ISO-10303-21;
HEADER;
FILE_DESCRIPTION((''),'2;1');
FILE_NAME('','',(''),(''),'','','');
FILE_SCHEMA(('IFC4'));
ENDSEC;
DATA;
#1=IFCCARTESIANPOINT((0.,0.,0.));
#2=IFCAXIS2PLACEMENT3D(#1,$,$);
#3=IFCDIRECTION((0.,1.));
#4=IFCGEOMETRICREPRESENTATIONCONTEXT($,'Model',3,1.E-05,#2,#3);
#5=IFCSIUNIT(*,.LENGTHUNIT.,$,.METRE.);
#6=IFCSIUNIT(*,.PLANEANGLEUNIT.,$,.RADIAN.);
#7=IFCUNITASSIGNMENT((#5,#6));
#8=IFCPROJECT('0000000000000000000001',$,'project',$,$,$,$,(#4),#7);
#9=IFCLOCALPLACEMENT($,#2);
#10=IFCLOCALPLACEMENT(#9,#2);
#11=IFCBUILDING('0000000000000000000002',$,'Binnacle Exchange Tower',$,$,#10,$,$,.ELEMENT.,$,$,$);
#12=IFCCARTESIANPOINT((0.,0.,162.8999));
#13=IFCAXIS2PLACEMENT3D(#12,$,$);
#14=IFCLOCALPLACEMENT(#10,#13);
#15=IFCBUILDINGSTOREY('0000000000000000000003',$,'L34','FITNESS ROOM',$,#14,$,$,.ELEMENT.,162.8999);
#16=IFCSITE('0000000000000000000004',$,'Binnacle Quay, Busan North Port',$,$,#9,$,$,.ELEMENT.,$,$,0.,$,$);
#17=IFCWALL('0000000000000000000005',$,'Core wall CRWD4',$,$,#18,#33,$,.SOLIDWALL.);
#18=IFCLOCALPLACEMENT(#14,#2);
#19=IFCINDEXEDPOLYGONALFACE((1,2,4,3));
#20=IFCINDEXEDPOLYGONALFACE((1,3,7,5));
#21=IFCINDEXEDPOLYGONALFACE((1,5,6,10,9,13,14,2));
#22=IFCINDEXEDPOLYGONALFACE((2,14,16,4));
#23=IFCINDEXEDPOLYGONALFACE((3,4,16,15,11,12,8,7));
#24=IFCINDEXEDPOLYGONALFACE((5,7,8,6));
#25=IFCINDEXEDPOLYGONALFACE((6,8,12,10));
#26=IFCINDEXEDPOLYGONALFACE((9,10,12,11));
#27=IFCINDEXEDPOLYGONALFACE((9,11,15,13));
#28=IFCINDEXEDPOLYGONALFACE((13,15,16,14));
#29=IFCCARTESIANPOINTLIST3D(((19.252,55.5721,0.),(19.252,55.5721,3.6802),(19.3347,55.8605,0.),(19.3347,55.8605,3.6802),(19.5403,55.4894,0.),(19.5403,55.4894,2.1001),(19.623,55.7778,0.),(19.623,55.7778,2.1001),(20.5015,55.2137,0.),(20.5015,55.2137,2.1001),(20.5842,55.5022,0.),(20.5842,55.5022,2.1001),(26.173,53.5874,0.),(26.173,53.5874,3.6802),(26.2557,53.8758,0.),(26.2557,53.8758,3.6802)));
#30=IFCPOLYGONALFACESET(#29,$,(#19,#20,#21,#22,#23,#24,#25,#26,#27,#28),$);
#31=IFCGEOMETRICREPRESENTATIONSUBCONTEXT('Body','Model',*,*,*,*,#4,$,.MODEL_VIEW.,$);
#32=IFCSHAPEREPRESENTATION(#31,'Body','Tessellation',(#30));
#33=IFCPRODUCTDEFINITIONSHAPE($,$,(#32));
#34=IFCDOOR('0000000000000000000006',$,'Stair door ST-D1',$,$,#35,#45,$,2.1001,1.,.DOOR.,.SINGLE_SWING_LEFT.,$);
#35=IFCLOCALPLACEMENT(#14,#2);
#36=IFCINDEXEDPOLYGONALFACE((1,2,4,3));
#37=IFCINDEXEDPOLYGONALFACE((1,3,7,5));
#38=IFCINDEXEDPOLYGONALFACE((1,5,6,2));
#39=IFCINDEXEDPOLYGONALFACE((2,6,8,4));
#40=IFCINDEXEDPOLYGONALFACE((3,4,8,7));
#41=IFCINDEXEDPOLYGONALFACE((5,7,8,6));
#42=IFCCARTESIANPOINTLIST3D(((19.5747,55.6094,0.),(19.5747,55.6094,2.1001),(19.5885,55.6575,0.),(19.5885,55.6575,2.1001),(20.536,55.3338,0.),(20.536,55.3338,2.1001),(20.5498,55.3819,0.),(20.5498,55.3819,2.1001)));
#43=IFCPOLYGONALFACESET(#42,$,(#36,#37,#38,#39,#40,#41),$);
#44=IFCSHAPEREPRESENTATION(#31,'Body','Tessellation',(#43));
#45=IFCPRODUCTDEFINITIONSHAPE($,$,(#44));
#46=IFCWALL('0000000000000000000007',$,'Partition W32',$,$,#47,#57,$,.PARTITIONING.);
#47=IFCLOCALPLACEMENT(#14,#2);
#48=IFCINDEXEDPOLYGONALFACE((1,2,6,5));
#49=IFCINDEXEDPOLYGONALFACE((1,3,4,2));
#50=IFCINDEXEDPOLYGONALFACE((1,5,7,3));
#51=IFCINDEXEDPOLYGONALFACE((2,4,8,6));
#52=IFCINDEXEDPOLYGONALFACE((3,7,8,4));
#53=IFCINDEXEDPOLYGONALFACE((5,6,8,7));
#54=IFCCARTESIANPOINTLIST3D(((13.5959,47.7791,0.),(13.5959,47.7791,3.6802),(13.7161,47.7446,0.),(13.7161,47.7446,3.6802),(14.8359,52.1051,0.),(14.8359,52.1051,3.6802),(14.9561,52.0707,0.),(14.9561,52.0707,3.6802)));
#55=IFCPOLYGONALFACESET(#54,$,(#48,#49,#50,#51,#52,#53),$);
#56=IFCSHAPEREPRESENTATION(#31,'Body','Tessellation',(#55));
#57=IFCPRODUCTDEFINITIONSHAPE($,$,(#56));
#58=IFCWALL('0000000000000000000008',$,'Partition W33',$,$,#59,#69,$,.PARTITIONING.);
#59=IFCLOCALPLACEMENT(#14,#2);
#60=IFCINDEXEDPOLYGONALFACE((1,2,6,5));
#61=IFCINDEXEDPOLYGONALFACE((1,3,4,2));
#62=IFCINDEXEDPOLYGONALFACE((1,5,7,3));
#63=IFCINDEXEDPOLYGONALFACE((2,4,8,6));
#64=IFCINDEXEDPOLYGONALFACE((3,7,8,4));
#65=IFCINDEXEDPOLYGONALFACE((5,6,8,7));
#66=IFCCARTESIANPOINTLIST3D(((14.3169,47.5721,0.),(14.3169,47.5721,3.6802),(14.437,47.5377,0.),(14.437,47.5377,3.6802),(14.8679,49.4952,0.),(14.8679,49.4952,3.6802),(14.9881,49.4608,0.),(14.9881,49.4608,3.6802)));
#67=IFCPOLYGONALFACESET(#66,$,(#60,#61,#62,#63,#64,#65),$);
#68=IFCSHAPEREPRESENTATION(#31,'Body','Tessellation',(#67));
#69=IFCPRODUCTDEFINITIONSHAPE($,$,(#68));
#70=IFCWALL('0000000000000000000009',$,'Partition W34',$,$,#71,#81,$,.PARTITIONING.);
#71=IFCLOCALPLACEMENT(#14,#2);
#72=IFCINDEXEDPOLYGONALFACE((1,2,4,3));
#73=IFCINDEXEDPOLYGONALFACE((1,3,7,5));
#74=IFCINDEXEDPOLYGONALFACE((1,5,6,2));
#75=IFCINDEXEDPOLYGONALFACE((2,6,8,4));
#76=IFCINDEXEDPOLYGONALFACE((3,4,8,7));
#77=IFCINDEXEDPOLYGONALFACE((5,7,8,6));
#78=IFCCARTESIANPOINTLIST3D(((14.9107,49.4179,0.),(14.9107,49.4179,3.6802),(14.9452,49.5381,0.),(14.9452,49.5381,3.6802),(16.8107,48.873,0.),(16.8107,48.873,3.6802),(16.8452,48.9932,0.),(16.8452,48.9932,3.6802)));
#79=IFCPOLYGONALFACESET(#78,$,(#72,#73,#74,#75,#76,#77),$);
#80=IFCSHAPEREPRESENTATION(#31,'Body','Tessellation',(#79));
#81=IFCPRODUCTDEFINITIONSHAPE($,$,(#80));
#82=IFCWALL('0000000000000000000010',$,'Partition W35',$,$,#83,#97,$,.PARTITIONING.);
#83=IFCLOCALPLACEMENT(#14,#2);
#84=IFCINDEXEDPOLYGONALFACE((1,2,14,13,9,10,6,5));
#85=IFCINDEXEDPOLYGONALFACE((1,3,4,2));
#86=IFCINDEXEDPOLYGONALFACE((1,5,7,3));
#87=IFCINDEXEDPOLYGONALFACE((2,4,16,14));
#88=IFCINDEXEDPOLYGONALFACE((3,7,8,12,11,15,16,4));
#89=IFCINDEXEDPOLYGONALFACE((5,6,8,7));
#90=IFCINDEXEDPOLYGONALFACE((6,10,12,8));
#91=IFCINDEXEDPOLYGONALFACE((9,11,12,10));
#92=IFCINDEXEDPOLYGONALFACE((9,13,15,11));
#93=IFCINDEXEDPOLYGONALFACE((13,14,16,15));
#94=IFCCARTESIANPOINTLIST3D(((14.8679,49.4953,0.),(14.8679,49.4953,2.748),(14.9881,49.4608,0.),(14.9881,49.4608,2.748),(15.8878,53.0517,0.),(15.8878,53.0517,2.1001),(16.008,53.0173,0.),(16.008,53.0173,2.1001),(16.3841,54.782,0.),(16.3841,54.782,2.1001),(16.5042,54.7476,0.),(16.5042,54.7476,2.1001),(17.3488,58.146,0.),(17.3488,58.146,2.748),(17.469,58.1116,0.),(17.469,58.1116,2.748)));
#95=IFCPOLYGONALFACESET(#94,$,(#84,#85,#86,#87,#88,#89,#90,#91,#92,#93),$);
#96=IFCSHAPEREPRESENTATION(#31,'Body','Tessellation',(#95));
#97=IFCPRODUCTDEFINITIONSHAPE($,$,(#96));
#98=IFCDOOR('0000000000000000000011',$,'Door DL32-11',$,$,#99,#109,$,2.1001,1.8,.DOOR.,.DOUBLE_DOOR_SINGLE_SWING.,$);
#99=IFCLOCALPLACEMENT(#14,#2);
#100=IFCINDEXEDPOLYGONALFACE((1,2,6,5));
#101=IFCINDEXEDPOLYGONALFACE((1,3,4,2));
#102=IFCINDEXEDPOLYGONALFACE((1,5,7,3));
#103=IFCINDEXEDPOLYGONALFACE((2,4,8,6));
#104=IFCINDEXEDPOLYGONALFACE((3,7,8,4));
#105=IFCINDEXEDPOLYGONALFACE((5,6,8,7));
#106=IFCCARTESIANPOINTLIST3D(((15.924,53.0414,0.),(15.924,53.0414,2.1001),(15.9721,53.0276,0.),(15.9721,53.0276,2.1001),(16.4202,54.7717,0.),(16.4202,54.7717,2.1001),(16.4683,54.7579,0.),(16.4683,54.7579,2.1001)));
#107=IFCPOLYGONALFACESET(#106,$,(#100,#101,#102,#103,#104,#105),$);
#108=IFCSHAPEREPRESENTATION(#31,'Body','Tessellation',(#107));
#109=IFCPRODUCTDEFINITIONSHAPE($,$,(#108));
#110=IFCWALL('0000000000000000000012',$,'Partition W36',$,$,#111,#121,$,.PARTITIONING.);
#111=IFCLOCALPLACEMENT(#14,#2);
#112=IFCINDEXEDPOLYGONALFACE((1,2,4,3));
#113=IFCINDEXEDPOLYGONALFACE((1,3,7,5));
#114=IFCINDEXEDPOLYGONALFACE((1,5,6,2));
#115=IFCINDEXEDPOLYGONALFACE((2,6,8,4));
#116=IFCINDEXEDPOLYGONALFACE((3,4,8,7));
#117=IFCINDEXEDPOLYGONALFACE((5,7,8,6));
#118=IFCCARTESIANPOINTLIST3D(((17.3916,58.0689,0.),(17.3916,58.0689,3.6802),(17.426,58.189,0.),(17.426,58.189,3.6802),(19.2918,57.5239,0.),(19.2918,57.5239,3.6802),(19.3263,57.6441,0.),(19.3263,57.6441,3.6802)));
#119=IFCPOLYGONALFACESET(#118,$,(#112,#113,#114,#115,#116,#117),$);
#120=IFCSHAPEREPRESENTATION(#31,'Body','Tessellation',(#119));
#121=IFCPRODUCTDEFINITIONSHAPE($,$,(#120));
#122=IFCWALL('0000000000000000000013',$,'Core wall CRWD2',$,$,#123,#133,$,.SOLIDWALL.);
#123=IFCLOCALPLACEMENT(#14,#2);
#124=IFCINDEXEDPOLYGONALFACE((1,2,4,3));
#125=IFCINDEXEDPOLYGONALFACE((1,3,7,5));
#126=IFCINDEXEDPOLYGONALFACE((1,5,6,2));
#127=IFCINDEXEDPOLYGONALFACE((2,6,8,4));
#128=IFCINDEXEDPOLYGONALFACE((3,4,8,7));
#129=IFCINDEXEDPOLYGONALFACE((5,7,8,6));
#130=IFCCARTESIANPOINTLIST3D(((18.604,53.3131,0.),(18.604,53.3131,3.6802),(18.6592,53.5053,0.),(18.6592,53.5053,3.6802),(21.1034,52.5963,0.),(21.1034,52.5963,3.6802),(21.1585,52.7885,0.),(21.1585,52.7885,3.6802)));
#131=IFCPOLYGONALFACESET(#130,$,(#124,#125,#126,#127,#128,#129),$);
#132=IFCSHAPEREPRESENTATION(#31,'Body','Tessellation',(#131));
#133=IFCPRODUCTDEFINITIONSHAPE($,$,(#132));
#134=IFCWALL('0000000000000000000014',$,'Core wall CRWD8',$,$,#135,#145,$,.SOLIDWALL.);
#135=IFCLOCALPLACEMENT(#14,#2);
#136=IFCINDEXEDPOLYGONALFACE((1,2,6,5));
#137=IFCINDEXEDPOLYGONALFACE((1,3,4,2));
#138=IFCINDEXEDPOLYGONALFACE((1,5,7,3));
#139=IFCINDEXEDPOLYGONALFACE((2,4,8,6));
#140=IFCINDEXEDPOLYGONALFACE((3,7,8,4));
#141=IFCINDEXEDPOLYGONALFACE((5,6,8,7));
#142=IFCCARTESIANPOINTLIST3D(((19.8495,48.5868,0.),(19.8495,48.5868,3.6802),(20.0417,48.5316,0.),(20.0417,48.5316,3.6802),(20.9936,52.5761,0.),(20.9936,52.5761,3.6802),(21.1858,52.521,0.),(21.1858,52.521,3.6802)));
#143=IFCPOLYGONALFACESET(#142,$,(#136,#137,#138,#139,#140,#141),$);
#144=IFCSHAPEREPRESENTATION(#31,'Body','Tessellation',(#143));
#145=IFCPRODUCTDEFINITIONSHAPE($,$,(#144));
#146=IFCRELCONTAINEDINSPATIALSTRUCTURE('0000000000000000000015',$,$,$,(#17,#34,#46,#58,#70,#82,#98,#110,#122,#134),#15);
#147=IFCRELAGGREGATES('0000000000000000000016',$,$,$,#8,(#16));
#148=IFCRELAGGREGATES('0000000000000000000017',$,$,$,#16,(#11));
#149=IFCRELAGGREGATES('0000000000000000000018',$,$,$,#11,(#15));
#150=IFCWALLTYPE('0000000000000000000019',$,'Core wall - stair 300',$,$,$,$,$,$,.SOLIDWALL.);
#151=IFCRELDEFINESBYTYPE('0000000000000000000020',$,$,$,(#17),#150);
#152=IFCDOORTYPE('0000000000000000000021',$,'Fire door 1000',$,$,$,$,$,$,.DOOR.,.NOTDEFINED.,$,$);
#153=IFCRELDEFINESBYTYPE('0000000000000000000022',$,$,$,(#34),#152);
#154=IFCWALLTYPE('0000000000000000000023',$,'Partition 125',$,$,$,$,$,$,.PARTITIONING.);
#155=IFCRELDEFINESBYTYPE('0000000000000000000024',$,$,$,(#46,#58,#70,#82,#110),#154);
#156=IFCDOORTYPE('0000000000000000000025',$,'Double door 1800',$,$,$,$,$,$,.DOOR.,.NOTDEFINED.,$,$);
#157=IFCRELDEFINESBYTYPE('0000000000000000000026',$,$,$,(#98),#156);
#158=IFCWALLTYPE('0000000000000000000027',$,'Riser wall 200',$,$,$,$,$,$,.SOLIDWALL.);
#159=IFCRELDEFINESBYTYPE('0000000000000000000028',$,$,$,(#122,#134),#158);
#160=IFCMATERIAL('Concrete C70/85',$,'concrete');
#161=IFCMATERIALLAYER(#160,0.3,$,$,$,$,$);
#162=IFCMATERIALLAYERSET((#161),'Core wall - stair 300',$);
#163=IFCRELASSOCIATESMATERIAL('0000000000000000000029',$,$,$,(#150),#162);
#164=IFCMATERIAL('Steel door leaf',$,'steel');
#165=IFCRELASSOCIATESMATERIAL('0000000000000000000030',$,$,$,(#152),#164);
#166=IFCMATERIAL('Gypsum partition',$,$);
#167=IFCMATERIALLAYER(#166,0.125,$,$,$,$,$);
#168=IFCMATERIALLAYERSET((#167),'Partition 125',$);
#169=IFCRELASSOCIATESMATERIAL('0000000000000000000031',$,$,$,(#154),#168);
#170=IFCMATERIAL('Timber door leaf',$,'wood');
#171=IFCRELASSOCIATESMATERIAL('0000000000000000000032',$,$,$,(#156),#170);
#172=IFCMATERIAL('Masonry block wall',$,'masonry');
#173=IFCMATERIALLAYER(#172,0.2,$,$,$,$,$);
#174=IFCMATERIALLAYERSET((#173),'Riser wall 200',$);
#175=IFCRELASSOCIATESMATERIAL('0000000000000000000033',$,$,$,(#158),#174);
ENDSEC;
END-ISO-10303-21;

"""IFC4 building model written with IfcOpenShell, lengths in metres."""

from ifc_helpers import new_model, si_unit, direction, frame, frame_2d, origin, place, context, subcontext, project, spatial, rectangle, extrude, material, layer, layer_set, type_object, element, fill, save


model = new_model("IFC4")

# Units and contexts
model_context = context("Model", 3, precision=1e-05, world=origin(), true_north=direction((0.0, 1.0)))
body_context = subcontext(model_context, "Body", "Model", "MODEL_VIEW")
ifc_project = project(units=[si_unit("LENGTHUNIT", "METRE"), si_unit("PLANEANGLEUNIT", "RADIAN")], contexts=[model_context])

# Site, building, storey
site_placement = place(None, origin())
site = spatial("IfcSite", under=ifc_project, at=site_placement, Name="Binnacle Quay, Busan North Port", CompositionType="ELEMENT", RefElevation=0.0)
building_placement = place(site_placement, origin())
building = spatial("IfcBuilding", under=site, at=building_placement, Name="Binnacle Exchange Tower", CompositionType="ELEMENT")
storey_placement = place(building_placement, frame((0.0, 0.0, 162.8999)))
storey = spatial("IfcBuildingStorey", under=building, at=storey_placement, Name="L34", Description="FITNESS ROOM", CompositionType="ELEMENT", Elevation=162.8999)

# Shared definitions
ifc_material_1 = material(Name="Concrete C70/85", Category="concrete")

# Wall, opening, door
ifc_material_2 = material(Name="Steel door leaf", Category="steel")
ifc_layer_1 = layer(ifc_material_1, 0.3)
ifc_layer_set_1 = layer_set([ifc_layer_1], Name="Core wall - stair 300")
wall_type_1 = type_object("IfcWallType", Name="Core wall - stair 300", PredefinedType="SOLIDWALL", material=ifc_layer_set_1)
wall_1_placement = place(storey_placement, frame((19.2932, 55.7163, 0.0), z_axis=(0.0, 0.0, 1.0), x_axis=(0.961259, -0.275648, 0.0)))
wall_1 = element("IfcWall", 1, at=wall_1_placement, inside=storey, type_object=wall_type_1, Name="Core wall CRWD4", PredefinedType="SOLIDWALL", context=body_context, shape_type="SweptSolid", body=[
    extrude(rectangle(XDim=7.2, YDim=0.3, at=frame_2d((3.6001, 0.0))), origin(), (0.0, 0.0, 1.0), 3.6802),
])
opening_1_placement = place(wall_1_placement, frame((0.3, 0.0, 0.0)))
opening_1 = element("IfcOpeningElement", 2, at=opening_1_placement, cuts=wall_1, PredefinedType="OPENING", context=body_context, shape_type="SweptSolid", body=[
    extrude(rectangle(XDim=1.0, YDim=2.1001, at=frame_2d((0.5, 1.05))), frame((0.0, 0.1599, 0.0), z_axis=(0.0, -1.0, 0.0), x_axis=(1.0, 0.0, 0.0)), (0.0, 0.0, 1.0), 0.3201),
])
door_type_1 = type_object("IfcDoorType", Name="Fire door 1000", OperationType="NOTDEFINED", PredefinedType="DOOR", material=ifc_material_2)
door_1_placement = place(opening_1_placement, origin())
door_1 = element("IfcDoor", 3, at=door_1_placement, inside=storey, type_object=door_type_1, Name="Stair door ST-D1", OperationType="SINGLE_SWING_LEFT", OverallHeight=2.1001, OverallWidth=1.0, PredefinedType="DOOR", context=body_context, shape_type="SweptSolid", body=[
    extrude(rectangle(XDim=1.0, YDim=2.1001, at=frame_2d((0.5, 1.05))), frame((0.0, 0.0249, 0.0), z_axis=(0.0, -1.0, 0.0), x_axis=(1.0, 0.0, 0.0)), (0.0, 0.0, 1.0), 0.05),
])
fill(opening_1, door_1)

# Walls
ifc_material_3 = material(Name="Gypsum partition")
ifc_layer_2 = layer(ifc_material_3, 0.125)
ifc_layer_set_2 = layer_set([ifc_layer_2], Name="Partition 125")
wall_type_2 = type_object("IfcWallType", Name="Partition 125", PredefinedType="PARTITIONING", material=ifc_layer_set_2)
wall_2_placement = place(storey_placement, frame((13.656, 47.762, 0.0), z_axis=(0.0, 0.0, 1.0), x_axis=(0.275545, 0.961288, 0.0)))
element("IfcWall", 4, at=wall_2_placement, inside=storey, type_object=wall_type_2, Name="Partition W32", PredefinedType="PARTITIONING", context=body_context, shape_type="SweptSolid", body=[
    extrude(rectangle(XDim=4.5002, YDim=0.125, at=frame_2d((2.25, 0.0))), origin(), (0.0, 0.0, 1.0), 3.6802),
])
wall_3_placement = place(storey_placement, frame((14.377, 47.5549, 0.0), z_axis=(0.0, 0.0, 1.0), x_axis=(0.275446, 0.961316, 0.0)))
element("IfcWall", 5, at=wall_3_placement, inside=storey, type_object=wall_type_2, Name="Partition W33", PredefinedType="PARTITIONING", context=body_context, shape_type="SweptSolid", body=[
    extrude(rectangle(XDim=2.0005, YDim=0.125, at=frame_2d((1.0002, 0.0))), origin(), (0.0, 0.0, 1.0), 3.6802),
])
wall_4_placement = place(storey_placement, frame((14.928, 49.478, 0.0), z_axis=(0.0, 0.0, 1.0), x_axis=(0.961244, -0.2757, 0.0)))
element("IfcWall", 6, at=wall_4_placement, inside=storey, type_object=wall_type_2, Name="Partition W34", PredefinedType="PARTITIONING", context=body_context, shape_type="SweptSolid", body=[
    extrude(rectangle(XDim=1.9766, YDim=0.125, at=frame_2d((0.9883, 0.0))), origin(), (0.0, 0.0, 1.0), 3.6802),
])

# Wall, opening, door
wall_5_placement = place(storey_placement, frame((14.928, 49.478, 0.0), z_axis=(0.0, 0.0, 1.0), x_axis=(0.275674, 0.961251, 0.0)))
wall_5 = element("IfcWall", 7, at=wall_5_placement, inside=storey, type_object=wall_type_2, Name="Partition W35", PredefinedType="PARTITIONING", context=body_context, shape_type="SweptSolid", body=[
    extrude(rectangle(XDim=8.9995, YDim=0.125, at=frame_2d((4.4998, 0.0))), origin(), (0.0, 0.0, 1.0), 2.748),
])
opening_2_placement = place(wall_5_placement, frame((3.7, 0.0, 0.0)))
opening_2 = element("IfcOpeningElement", 8, at=opening_2_placement, cuts=wall_5, PredefinedType="OPENING", context=body_context, shape_type="SweptSolid", body=[
    extrude(rectangle(XDim=1.8, YDim=2.1001, at=frame_2d((0.8999, 1.05))), frame((0.0, 0.0725, 0.0), z_axis=(0.0, -1.0, 0.0), x_axis=(1.0, 0.0, 0.0)), (0.0, 0.0, 1.0), 0.145),
])
ifc_material_4 = material(Name="Timber door leaf", Category="wood")
door_type_2 = type_object("IfcDoorType", Name="Double door 1800", OperationType="NOTDEFINED", PredefinedType="DOOR", material=ifc_material_4)
door_2_placement = place(opening_2_placement, origin())
door_2 = element("IfcDoor", 9, at=door_2_placement, inside=storey, type_object=door_type_2, Name="Door DL32-11", OperationType="DOUBLE_DOOR_SINGLE_SWING", OverallHeight=2.1001, OverallWidth=1.8, PredefinedType="DOOR", context=body_context, shape_type="SweptSolid", body=[
    extrude(rectangle(XDim=1.8, YDim=2.1001, at=frame_2d((0.8999, 1.05))), frame((0.0, 0.0249, 0.0), z_axis=(0.0, -1.0, 0.0), x_axis=(1.0, 0.0, 0.0)), (0.0, 0.0, 1.0), 0.05),
])
fill(opening_2, door_2)

# Walls
wall_6_placement = place(storey_placement, frame((17.4089, 58.1289, 0.0), z_axis=(0.0, 0.0, 1.0), x_axis=(0.961253, -0.275667, 0.0)))
element("IfcWall", 10, at=wall_6_placement, inside=storey, type_object=wall_type_2, Name="Partition W36", PredefinedType="PARTITIONING", context=body_context, shape_type="SweptSolid", body=[
    extrude(rectangle(XDim=1.9768, YDim=0.125, at=frame_2d((0.9883, 0.0))), origin(), (0.0, 0.0, 1.0), 3.6802),
])
ifc_material_5 = material(Name="Masonry block wall", Category="masonry")
ifc_layer_3 = layer(ifc_material_5, 0.2)
ifc_layer_set_3 = layer_set([ifc_layer_3], Name="Riser wall 200")
wall_type_3 = type_object("IfcWallType", Name="Riser wall 200", PredefinedType="SOLIDWALL", material=ifc_layer_set_3)
wall_7_placement = place(storey_placement, frame((18.6316, 53.4092, 0.0), z_axis=(0.0, 0.0, 1.0), x_axis=(0.961247, -0.275688, 0.0)))
element("IfcWall", 11, at=wall_7_placement, inside=storey, type_object=wall_type_3, Name="Core wall CRWD2", PredefinedType="SOLIDWALL", context=body_context, shape_type="SweptSolid", body=[
    extrude(rectangle(XDim=2.6001, YDim=0.2, at=frame_2d((1.3, 0.0))), origin(), (0.0, 0.0, 1.0), 3.6802),
])
wall_8_placement = place(storey_placement, frame((19.9456, 48.5591, 0.0), z_axis=(0.0, 0.0, 1.0), x_axis=(0.275669, 0.961253, 0.0)))
element("IfcWall", 12, at=wall_8_placement, inside=storey, type_object=wall_type_3, Name="Core wall CRWD8", PredefinedType="SOLIDWALL", context=body_context, shape_type="SweptSolid", body=[
    extrude(rectangle(XDim=4.1501, YDim=0.2, at=frame_2d((2.0752, 0.0))), origin(), (0.0, 0.0, 1.0), 3.6802),
])

save(model, "model.ifc")
